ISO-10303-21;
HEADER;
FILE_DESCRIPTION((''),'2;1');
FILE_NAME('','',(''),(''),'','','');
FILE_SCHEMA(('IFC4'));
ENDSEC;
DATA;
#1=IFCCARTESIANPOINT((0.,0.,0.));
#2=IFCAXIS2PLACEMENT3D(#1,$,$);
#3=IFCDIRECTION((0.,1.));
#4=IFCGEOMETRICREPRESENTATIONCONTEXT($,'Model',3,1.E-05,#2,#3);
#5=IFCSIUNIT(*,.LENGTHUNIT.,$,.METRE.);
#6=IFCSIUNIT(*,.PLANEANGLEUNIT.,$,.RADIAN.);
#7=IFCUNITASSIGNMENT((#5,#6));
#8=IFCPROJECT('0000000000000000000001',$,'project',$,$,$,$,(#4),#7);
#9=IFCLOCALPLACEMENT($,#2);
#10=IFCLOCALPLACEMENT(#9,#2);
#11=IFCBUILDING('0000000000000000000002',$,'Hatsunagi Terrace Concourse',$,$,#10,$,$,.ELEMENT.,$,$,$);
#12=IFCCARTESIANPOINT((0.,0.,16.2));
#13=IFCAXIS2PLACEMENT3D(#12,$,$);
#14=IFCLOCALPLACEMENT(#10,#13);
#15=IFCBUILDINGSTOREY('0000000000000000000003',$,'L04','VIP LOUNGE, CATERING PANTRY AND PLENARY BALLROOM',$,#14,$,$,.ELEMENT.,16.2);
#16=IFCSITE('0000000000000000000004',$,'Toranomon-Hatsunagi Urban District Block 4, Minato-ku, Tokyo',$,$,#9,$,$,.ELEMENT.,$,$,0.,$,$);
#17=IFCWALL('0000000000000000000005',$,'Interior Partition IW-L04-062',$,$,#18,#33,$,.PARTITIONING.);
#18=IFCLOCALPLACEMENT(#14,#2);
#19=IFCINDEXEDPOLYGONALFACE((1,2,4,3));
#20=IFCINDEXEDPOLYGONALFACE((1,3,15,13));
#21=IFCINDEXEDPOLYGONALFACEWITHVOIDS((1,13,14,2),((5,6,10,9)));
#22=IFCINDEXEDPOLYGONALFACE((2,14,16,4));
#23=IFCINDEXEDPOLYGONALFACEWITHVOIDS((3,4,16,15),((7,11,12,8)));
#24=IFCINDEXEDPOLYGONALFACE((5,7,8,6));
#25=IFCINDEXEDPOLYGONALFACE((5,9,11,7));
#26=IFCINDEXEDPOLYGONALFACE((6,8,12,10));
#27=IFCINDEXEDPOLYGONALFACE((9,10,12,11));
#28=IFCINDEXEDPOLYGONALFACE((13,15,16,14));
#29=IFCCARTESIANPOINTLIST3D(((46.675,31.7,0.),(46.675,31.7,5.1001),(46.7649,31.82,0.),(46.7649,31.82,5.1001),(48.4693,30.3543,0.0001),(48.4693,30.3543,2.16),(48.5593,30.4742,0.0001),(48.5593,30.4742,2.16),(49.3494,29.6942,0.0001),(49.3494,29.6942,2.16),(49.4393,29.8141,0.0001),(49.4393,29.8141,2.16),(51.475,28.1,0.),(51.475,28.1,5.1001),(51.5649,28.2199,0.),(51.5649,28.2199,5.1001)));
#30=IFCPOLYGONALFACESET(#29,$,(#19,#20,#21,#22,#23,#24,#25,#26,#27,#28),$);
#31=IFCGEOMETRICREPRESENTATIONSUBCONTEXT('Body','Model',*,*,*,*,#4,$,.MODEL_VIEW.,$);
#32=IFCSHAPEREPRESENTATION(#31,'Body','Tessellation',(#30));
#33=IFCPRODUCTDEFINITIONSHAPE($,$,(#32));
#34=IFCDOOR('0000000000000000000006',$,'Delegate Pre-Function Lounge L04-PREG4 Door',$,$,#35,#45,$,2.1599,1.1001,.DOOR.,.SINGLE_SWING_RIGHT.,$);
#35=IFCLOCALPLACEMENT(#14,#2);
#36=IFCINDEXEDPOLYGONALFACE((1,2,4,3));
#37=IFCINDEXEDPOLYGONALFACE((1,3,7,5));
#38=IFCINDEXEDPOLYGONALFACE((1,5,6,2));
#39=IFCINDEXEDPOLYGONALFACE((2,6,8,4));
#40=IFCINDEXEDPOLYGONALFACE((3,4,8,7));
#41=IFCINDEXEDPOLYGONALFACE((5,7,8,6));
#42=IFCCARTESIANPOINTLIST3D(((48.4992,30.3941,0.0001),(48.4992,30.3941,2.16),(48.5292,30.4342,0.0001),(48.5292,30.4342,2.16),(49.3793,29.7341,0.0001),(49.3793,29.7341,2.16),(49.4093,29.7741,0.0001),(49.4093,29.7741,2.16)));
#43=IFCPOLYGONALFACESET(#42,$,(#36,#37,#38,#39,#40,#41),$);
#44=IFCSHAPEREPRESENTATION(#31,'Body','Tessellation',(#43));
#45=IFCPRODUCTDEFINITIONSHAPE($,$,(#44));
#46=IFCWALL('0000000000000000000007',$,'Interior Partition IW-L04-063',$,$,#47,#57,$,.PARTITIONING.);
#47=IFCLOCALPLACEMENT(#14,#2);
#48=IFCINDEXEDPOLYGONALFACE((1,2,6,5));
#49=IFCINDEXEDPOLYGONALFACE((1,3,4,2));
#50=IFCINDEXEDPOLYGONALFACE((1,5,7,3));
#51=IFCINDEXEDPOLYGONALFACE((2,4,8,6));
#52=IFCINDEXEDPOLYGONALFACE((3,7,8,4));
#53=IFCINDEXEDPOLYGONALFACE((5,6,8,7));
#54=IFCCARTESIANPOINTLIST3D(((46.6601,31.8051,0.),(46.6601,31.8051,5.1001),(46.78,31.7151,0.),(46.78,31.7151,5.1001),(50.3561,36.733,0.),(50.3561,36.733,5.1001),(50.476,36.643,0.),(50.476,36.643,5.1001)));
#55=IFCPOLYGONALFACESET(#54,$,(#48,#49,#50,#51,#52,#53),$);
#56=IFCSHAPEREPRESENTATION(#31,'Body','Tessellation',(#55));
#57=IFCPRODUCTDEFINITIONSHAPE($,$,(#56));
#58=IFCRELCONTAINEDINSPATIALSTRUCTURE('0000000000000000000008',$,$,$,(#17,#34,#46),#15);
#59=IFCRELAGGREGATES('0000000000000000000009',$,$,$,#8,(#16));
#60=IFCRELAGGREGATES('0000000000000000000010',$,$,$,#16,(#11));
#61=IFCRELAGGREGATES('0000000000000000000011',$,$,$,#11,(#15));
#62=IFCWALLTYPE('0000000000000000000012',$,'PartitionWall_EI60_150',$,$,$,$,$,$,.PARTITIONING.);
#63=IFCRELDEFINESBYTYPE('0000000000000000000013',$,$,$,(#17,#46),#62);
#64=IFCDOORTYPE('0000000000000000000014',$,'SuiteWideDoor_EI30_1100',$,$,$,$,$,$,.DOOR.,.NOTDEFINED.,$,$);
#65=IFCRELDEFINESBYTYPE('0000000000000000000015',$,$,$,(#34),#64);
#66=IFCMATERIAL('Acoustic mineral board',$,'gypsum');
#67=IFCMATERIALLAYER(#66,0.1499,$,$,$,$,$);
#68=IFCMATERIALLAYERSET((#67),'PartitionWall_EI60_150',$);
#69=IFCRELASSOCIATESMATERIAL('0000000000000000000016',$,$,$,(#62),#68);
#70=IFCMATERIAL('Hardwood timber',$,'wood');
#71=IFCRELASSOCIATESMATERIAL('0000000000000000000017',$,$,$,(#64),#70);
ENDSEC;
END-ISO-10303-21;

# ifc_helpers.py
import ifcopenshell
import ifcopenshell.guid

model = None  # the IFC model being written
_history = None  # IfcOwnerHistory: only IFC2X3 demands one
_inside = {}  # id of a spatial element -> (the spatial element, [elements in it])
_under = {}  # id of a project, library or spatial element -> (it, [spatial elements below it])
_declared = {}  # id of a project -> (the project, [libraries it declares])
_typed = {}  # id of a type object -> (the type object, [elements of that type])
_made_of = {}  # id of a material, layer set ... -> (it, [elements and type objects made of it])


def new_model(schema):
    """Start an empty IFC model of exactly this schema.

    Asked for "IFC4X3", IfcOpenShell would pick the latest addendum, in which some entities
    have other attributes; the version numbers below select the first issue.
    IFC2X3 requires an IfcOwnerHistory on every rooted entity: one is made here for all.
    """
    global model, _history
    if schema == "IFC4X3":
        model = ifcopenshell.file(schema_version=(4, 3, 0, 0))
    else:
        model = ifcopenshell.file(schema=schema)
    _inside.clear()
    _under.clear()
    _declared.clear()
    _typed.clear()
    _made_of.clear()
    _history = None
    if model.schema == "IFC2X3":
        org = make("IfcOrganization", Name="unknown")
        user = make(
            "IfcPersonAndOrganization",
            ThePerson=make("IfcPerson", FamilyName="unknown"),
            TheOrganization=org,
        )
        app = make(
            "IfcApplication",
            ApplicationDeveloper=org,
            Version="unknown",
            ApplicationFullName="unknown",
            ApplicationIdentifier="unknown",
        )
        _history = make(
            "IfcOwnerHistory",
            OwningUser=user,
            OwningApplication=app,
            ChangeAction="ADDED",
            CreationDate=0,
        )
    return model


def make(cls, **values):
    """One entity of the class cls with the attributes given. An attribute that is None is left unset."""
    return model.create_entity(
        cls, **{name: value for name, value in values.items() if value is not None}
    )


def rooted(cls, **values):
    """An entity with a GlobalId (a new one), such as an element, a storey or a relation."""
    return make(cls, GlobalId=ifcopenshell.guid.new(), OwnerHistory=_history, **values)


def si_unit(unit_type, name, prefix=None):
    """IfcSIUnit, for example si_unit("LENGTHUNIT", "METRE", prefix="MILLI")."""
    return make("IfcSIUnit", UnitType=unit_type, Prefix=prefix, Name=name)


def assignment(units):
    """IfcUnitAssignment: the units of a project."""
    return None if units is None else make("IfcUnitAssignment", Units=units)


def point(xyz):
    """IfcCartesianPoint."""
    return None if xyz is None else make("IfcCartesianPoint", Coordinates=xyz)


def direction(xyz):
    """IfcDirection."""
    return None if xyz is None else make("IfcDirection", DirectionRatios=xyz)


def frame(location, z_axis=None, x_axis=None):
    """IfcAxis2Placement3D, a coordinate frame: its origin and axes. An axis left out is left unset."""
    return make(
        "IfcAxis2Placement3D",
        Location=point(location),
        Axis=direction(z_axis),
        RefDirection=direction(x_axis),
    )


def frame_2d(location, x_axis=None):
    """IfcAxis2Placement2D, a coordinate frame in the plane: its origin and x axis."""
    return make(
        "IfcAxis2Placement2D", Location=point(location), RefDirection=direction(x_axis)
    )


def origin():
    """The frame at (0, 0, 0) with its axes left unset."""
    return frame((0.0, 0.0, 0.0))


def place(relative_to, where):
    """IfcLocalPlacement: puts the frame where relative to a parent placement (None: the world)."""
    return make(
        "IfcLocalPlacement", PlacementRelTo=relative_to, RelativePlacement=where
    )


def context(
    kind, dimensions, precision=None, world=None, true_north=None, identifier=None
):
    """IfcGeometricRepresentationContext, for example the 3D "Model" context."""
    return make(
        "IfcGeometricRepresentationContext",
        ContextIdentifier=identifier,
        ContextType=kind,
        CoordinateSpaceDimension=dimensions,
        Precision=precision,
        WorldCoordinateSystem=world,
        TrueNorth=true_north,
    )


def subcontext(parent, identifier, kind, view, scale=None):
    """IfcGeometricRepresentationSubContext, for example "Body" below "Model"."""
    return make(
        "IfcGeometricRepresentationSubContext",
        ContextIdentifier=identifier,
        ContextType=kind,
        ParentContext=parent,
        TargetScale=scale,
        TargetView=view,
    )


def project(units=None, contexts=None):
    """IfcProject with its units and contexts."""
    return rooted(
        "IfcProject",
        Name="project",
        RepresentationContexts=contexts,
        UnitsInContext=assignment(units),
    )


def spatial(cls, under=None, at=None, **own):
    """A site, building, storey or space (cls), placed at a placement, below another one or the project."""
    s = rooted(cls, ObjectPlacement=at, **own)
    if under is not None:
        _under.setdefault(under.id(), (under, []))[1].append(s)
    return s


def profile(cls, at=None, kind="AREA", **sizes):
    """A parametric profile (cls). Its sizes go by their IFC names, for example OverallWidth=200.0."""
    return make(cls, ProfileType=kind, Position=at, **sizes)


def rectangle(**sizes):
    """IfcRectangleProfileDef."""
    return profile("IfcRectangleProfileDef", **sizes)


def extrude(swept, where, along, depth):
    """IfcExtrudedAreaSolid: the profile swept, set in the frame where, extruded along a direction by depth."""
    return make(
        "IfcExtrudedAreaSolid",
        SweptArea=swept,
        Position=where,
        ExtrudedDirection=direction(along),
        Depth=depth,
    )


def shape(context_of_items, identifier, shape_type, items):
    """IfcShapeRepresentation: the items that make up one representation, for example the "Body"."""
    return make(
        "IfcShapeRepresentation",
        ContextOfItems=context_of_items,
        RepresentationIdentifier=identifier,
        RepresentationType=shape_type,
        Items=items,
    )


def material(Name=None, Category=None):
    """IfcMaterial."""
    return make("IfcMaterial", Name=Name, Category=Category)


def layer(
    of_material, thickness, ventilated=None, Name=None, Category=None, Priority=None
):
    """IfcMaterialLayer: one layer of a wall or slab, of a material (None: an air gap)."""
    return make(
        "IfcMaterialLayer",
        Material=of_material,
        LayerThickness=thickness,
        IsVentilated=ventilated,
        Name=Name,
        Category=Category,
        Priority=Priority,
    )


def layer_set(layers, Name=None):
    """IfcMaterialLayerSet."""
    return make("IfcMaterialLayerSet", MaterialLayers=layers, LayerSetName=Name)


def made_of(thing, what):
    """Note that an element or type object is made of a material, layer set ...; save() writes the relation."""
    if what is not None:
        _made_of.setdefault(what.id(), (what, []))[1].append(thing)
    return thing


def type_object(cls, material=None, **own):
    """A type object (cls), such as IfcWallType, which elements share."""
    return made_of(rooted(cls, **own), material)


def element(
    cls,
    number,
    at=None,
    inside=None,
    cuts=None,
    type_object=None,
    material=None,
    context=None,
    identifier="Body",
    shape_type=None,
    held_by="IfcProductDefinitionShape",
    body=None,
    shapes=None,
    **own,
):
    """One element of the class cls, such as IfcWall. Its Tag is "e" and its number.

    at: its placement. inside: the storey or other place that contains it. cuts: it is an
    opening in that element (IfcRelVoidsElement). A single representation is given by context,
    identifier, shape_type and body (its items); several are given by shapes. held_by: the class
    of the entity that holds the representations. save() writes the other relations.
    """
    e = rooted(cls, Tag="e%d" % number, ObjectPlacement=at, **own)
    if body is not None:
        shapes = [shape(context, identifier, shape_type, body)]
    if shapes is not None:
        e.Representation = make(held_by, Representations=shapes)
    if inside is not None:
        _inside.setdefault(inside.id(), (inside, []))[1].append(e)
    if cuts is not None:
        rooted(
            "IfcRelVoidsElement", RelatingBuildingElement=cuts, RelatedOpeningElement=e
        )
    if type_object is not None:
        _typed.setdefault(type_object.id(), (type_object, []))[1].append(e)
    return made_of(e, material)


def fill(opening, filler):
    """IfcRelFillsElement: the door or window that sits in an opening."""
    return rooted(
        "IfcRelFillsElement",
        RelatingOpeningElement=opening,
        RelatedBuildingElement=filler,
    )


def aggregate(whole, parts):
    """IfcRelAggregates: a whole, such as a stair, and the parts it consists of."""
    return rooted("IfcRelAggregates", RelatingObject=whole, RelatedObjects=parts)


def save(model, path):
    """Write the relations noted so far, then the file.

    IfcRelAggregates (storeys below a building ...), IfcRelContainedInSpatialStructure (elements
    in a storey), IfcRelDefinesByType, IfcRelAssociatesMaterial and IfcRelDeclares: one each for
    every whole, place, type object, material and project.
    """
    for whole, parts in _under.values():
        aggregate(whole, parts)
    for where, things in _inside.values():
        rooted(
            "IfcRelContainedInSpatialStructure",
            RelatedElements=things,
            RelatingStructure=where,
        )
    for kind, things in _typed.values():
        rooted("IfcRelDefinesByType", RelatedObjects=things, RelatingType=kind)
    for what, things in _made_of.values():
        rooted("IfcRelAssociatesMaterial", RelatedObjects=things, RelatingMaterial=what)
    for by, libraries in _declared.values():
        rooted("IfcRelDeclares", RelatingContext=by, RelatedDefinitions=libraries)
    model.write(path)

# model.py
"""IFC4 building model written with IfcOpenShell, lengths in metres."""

from ifc_helpers import new_model, si_unit, direction, frame, frame_2d, origin, place, context, subcontext, project, spatial, rectangle, extrude, material, layer, layer_set, type_object, element, fill, save


model = new_model("IFC4")

# Units and contexts
model_context = context("Model", 3, precision=1e-05, world=origin(), true_north=direction((0.0, 1.0)))
body_context = subcontext(model_context, "Body", "Model", "MODEL_VIEW")
ifc_project = project(units=[si_unit("LENGTHUNIT", "METRE"), si_unit("PLANEANGLEUNIT", "RADIAN")], contexts=[model_context])

# Site, building, storey
site_placement = place(None, origin())
site = spatial("IfcSite", under=ifc_project, at=site_placement, Name="Toranomon-Hatsunagi Urban District Block 4, Minato-ku, Tokyo", CompositionType="ELEMENT", RefElevation=0.0)
building_placement = place(site_placement, origin())
building = spatial("IfcBuilding", under=site, at=building_placement, Name="Hatsunagi Terrace Concourse", CompositionType="ELEMENT")
storey_placement = place(building_placement, frame((0.0, 0.0, 16.2)))
storey = spatial("IfcBuildingStorey", under=building, at=storey_placement, Name="L04", Description="VIP LOUNGE, CATERING PANTRY AND PLENARY BALLROOM", CompositionType="ELEMENT", Elevation=16.2)

# Wall, opening, door
ifc_material_1 = material(Name="Acoustic mineral board", Category="gypsum")
ifc_layer_1 = layer(ifc_material_1, 0.1499)
ifc_layer_set_1 = layer_set([ifc_layer_1], Name="PartitionWall_EI60_150")
wall_type = type_object("IfcWallType", Name="PartitionWall_EI60_150", PredefinedType="PARTITIONING", material=ifc_layer_set_1)
wall_1_placement = place(storey_placement, frame((46.72, 31.76, 0.0), z_axis=(0.0, 0.0, 1.0), x_axis=(0.799995, -0.600007, 0.0)))
wall_1 = element("IfcWall", 1, at=wall_1_placement, inside=storey, type_object=wall_type, Name="Interior Partition IW-L04-062", PredefinedType="PARTITIONING", context=body_context, shape_type="SweptSolid", body=[
    extrude(rectangle(XDim=6.0, YDim=0.1499, at=frame_2d((3.0, 0.0))), origin(), (0.0, 0.0, 1.0), 5.1001),
])
opening_placement = place(wall_1_placement, frame((2.2429, 0.0, 0.0)))
opening = element("IfcOpeningElement", 2, at=opening_placement, cuts=wall_1, PredefinedType="OPENING", context=body_context, shape_type="SweptSolid", body=[
    extrude(rectangle(XDim=1.1001, YDim=2.1599, at=frame_2d((0.55, 1.0801))), frame((0.0, 0.085, 0.0), z_axis=(0.0, -1.0, 0.0), x_axis=(1.0, 0.0, 0.0)), (0.0, 0.0, 1.0), 0.1699),
])
ifc_material_2 = material(Name="Hardwood timber", Category="wood")
door_type = type_object("IfcDoorType", Name="SuiteWideDoor_EI30_1100", OperationType="NOTDEFINED", PredefinedType="DOOR", material=ifc_material_2)
door_placement = place(opening_placement, origin())
door = element("IfcDoor", 3, at=door_placement, inside=storey, type_object=door_type, Name="Delegate Pre-Function Lounge L04-PREG4 Door", OperationType="SINGLE_SWING_RIGHT", OverallHeight=2.1599, OverallWidth=1.1001, PredefinedType="DOOR", context=body_context, shape_type="SweptSolid", body=[
    extrude(rectangle(XDim=1.1001, YDim=2.1599, at=frame_2d((0.55, 1.0801))), frame((0.0, 0.0249, 0.0), z_axis=(0.0, -1.0, 0.0), x_axis=(1.0, 0.0, 0.0)), (0.0, 0.0, 1.0), 0.05),
])
fill(opening, door)

# Wall
wall_2_placement = place(storey_placement, frame((46.72, 31.76, 0.0), z_axis=(0.0, 0.0, 1.0), x_axis=(0.600006, 0.799995, 0.0)))
element("IfcWall", 4, at=wall_2_placement, inside=storey, type_object=wall_type, Name="Interior Partition IW-L04-063", PredefinedType="PARTITIONING", context=body_context, shape_type="SweptSolid", body=[
    extrude(rectangle(XDim=6.1599, YDim=0.1499, at=frame_2d((3.0801, 0.0))), origin(), (0.0, 0.0, 1.0), 5.1001),
])

save(model, "model.ifc")
